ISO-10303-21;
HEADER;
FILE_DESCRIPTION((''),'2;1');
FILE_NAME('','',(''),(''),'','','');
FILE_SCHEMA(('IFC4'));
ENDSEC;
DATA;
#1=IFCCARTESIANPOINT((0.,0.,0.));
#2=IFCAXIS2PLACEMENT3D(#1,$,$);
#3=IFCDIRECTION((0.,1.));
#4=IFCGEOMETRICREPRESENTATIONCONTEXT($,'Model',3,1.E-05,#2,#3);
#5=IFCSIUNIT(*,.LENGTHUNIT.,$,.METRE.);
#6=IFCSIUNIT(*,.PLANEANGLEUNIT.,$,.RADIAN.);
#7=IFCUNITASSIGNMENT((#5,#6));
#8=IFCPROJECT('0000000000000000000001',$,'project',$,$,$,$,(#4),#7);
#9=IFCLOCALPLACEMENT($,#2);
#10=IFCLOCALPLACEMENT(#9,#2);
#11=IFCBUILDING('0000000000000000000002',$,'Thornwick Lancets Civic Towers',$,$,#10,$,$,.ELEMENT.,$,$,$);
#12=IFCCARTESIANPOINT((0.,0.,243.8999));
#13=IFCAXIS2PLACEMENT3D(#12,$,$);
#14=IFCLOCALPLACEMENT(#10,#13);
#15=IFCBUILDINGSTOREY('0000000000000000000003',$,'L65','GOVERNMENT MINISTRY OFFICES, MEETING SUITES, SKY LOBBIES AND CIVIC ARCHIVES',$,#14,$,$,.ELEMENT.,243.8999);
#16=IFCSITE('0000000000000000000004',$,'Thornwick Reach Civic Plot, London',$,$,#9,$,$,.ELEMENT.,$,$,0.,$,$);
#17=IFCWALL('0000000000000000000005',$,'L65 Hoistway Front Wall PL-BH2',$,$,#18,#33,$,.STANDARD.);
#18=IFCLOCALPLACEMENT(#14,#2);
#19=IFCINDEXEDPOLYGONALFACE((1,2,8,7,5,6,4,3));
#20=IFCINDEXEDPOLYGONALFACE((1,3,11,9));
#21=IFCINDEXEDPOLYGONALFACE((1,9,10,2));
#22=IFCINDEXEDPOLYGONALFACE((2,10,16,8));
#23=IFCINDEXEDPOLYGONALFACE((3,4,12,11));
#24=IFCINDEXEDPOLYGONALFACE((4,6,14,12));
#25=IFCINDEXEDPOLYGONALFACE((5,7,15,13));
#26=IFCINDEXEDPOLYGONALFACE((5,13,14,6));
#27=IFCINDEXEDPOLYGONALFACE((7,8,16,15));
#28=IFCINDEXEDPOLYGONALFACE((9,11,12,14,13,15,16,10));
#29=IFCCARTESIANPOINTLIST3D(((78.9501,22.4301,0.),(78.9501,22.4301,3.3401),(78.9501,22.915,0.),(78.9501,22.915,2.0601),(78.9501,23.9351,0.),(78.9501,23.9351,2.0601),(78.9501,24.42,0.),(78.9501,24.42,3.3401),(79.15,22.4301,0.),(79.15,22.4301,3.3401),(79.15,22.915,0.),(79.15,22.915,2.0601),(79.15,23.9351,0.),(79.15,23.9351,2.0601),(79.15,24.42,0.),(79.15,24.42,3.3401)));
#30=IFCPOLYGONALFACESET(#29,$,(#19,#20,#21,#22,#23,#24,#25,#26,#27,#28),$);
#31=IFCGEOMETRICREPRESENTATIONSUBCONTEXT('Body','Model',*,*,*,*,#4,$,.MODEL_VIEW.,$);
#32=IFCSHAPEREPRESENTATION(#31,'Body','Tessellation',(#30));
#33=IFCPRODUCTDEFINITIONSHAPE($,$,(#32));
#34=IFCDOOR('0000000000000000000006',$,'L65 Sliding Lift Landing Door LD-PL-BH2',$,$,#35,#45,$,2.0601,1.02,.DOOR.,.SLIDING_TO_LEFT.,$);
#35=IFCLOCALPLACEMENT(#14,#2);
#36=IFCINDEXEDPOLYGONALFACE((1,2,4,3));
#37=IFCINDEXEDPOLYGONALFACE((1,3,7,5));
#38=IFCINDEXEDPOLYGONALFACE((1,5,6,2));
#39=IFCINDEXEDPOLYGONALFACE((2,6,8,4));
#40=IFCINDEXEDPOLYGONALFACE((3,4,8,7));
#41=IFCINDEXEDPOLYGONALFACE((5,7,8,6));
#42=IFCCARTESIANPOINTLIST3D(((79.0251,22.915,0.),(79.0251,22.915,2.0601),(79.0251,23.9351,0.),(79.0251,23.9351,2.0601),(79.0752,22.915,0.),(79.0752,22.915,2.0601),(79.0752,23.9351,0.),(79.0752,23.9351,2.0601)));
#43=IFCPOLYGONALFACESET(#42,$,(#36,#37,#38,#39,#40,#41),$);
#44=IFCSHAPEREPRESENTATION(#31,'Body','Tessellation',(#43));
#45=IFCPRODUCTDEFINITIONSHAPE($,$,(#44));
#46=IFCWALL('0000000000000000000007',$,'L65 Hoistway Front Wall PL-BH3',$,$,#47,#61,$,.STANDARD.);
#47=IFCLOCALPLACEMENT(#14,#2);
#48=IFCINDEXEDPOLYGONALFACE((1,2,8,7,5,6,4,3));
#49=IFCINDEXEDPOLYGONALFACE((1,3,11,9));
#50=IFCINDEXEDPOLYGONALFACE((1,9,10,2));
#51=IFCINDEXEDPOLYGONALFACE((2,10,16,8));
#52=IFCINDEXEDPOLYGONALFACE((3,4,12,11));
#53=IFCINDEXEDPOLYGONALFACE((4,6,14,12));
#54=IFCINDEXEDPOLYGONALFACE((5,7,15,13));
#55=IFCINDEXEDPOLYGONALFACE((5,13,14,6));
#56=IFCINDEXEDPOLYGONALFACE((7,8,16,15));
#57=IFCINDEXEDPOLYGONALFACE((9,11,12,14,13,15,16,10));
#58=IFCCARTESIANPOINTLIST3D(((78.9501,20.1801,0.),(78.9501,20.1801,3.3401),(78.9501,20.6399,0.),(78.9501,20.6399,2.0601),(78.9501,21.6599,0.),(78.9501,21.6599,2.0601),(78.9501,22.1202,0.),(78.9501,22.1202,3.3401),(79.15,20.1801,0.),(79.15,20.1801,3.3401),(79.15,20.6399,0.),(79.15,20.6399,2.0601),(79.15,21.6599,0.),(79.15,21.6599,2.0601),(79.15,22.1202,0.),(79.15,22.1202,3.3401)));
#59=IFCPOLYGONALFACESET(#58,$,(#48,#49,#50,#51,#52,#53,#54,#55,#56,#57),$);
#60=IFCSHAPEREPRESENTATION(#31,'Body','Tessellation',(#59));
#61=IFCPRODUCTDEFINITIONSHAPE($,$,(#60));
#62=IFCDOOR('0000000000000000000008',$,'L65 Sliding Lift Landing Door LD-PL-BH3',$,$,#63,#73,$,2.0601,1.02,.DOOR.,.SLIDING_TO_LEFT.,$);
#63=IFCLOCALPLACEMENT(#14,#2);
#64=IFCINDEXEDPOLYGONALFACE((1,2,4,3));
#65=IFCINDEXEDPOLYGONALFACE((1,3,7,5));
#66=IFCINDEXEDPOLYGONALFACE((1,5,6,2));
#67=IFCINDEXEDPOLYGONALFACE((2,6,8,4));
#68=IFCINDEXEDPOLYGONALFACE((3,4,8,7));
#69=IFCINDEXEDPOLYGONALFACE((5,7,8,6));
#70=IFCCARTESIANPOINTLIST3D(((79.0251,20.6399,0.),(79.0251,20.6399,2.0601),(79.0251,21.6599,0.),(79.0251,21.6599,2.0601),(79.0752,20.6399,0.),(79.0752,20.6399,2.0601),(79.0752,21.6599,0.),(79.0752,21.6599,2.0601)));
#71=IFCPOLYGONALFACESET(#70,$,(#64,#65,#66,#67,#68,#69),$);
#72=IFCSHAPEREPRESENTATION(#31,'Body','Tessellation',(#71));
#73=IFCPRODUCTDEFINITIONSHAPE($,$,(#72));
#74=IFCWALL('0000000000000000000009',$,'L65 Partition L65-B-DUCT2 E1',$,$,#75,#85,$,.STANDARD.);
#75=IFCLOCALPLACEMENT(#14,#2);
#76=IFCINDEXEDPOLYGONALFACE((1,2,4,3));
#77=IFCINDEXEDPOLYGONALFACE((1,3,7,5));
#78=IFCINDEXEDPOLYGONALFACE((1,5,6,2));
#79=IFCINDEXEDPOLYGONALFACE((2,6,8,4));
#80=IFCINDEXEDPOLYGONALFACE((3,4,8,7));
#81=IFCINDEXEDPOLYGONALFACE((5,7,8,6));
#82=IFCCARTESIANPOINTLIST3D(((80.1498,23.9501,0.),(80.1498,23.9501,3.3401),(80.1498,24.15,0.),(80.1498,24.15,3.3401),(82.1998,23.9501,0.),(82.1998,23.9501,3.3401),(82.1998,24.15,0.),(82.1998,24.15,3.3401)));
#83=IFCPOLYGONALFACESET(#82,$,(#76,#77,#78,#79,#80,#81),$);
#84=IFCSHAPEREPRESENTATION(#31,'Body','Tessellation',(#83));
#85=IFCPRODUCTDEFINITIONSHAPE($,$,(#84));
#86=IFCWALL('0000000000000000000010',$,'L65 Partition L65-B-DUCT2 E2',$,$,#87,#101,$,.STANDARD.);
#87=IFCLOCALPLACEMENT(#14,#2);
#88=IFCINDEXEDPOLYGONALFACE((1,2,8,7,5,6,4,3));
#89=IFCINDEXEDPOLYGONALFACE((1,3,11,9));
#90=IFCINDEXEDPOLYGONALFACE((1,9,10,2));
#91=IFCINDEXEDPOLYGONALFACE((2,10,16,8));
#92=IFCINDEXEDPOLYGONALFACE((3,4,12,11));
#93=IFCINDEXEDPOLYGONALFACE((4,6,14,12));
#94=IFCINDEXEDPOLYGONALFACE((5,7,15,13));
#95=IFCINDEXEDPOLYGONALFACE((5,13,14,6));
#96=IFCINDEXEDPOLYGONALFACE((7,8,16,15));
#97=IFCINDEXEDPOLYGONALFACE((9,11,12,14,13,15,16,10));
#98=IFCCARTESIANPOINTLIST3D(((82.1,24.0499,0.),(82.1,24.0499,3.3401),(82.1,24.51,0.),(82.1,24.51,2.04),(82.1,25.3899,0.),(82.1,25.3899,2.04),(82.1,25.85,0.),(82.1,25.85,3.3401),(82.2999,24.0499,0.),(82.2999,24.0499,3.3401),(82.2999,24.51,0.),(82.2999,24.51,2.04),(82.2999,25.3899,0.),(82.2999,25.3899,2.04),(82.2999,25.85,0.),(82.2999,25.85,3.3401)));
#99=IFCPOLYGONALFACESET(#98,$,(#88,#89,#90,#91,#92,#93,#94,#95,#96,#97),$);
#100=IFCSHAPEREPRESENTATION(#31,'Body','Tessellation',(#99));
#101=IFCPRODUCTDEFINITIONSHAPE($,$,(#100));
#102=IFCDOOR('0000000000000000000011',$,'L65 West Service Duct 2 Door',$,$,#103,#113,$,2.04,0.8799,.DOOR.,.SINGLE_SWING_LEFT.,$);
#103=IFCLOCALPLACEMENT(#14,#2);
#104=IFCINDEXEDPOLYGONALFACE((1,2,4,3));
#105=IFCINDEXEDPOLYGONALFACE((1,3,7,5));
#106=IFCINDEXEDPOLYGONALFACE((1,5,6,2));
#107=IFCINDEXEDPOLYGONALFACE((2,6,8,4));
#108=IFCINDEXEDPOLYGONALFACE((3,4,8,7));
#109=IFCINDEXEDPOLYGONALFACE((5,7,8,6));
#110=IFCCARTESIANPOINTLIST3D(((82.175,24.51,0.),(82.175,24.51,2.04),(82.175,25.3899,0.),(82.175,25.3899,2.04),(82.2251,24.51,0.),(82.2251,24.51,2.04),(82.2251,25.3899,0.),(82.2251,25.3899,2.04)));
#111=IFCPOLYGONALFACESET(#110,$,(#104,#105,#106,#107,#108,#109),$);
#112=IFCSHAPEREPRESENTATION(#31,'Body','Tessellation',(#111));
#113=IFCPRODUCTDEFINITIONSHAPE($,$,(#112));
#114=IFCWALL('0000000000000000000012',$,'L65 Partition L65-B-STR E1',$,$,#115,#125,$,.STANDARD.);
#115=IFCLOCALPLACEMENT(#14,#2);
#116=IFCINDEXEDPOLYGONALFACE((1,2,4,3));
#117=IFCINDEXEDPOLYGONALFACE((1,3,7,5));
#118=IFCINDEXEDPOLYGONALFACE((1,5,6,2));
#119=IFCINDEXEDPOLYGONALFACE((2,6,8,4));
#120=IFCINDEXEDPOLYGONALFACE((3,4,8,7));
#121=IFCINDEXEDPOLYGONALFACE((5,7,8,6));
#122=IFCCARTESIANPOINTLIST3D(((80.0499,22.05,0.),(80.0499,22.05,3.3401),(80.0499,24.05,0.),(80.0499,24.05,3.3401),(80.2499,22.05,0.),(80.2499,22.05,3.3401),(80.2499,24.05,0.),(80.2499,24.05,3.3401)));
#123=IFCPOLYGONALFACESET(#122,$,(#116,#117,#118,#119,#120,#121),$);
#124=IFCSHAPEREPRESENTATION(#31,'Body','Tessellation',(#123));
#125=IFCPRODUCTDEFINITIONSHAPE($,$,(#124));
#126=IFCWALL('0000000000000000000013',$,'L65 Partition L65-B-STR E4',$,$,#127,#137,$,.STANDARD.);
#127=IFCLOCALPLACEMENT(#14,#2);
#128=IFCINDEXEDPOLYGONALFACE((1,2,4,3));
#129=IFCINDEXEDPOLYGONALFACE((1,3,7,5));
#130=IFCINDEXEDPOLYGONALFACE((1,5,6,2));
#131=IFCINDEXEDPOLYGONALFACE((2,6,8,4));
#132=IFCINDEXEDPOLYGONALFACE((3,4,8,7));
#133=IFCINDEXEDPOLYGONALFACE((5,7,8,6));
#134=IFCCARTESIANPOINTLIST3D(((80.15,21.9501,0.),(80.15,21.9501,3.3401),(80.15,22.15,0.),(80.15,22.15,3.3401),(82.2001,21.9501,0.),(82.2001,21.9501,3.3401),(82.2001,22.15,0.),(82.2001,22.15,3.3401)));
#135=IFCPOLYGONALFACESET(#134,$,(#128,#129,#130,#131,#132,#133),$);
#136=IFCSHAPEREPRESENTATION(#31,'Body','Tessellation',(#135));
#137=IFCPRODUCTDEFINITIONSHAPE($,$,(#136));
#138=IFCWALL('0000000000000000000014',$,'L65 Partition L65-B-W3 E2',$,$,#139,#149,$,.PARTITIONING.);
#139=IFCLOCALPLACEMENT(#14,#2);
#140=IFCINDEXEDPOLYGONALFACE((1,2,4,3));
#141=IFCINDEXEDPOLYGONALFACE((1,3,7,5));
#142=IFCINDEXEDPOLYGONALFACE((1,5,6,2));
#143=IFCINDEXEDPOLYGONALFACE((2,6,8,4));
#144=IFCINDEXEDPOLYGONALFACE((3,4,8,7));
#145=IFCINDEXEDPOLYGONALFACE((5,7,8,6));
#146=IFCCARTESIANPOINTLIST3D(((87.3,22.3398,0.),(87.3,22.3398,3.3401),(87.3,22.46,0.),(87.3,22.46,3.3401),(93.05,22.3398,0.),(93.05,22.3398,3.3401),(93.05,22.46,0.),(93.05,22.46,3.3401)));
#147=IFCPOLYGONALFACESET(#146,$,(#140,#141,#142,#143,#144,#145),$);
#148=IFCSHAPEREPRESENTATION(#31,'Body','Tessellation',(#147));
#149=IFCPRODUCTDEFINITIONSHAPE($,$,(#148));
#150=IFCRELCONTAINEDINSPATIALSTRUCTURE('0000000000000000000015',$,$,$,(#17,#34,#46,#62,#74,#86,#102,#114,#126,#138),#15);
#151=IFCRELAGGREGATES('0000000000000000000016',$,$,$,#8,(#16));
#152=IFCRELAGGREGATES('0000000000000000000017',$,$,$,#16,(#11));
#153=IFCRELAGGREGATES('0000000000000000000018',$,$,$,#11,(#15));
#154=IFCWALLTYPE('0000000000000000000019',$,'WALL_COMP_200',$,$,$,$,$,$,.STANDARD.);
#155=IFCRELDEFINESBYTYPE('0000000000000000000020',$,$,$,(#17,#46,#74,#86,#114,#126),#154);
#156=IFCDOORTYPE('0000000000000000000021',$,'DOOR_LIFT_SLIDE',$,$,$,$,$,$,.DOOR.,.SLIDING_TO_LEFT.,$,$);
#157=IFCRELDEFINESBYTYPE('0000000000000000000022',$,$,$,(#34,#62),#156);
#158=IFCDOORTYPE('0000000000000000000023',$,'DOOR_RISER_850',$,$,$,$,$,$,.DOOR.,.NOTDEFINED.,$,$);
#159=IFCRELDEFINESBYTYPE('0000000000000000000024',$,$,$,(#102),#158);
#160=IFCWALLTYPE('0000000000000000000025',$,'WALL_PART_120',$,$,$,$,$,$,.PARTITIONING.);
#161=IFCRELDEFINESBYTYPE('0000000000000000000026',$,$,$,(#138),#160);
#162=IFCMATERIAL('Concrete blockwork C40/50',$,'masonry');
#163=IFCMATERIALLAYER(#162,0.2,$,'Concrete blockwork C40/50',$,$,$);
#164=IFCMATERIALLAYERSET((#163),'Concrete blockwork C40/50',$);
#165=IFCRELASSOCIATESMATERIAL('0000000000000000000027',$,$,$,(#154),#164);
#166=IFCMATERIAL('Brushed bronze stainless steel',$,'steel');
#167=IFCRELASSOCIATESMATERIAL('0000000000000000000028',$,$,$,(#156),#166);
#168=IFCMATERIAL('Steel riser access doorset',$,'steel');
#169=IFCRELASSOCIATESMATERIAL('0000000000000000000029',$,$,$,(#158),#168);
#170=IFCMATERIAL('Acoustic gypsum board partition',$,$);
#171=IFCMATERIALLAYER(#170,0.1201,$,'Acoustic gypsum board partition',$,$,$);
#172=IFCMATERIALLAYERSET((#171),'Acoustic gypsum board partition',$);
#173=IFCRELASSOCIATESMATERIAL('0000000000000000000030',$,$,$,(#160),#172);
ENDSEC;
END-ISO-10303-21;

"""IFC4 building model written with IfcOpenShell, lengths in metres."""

from ifc_helpers import new_model, si_unit, direction, frame, frame_2d, origin, place, context, subcontext, project, spatial, rectangle, extrude, material, layer, layer_set, type_object, element, fill, save


model = new_model("IFC4")

# Units and contexts
model_context = context("Model", 3, precision=1e-05, world=origin(), true_north=direction((0.0, 1.0)))
body_context = subcontext(model_context, "Body", "Model", "MODEL_VIEW")
ifc_project = project(units=[si_unit("LENGTHUNIT", "METRE"), si_unit("PLANEANGLEUNIT", "RADIAN")], contexts=[model_context])

# Site, building, storey
site_placement = place(None, origin())
site = spatial("IfcSite", under=ifc_project, at=site_placement, Name="Thornwick Reach Civic Plot, London", CompositionType="ELEMENT", RefElevation=0.0)
building_placement = place(site_placement, origin())
building = spatial("IfcBuilding", under=site, at=building_placement, Name="Thornwick Lancets Civic Towers", CompositionType="ELEMENT")
storey_placement = place(building_placement, frame((0.0, 0.0, 243.8999)))
storey = spatial("IfcBuildingStorey", under=building, at=storey_placement, Name="L65", Description="GOVERNMENT MINISTRY OFFICES, MEETING SUITES, SKY LOBBIES AND CIVIC ARCHIVES", CompositionType="ELEMENT", Elevation=243.8999)

# Walls, openings, doors
ifc_material_1 = material(Name="Concrete blockwork C40/50", Category="masonry")
ifc_layer_1 = layer(ifc_material_1, 0.2, Name="Concrete blockwork C40/50")
ifc_layer_set_1 = layer_set([ifc_layer_1], Name="Concrete blockwork C40/50")
wall_type_1 = type_object("IfcWallType", Name="WALL_COMP_200", PredefinedType="STANDARD", material=ifc_layer_set_1)
wall_1_placement = place(storey_placement, frame((79.05, 22.4299, 0.0), z_axis=(0.0, 0.0, 1.0), x_axis=(0.0, 1.0, 0.0)))
wall_1 = element("IfcWall", 1, at=wall_1_placement, inside=storey, type_object=wall_type_1, Name="L65 Hoistway Front Wall PL-BH2", PredefinedType="STANDARD", context=body_context, shape_type="SweptSolid", body=[
    extrude(rectangle(XDim=1.99, YDim=0.2, at=frame_2d((0.9951, 0.0))), origin(), (0.0, 0.0, 1.0), 3.3401),
])
opening_1_placement = place(wall_1_placement, frame((0.4851, 0.0, 0.0)))
opening_1 = element("IfcOpeningElement", 2, at=opening_1_placement, cuts=wall_1, PredefinedType="OPENING", context=body_context, shape_type="SweptSolid", body=[
    extrude(rectangle(XDim=1.02, YDim=2.0601, at=frame_2d((0.51, 1.03))), frame((0.0, 0.1099, 0.0), z_axis=(0.0, -1.0, 0.0), x_axis=(1.0, 0.0, 0.0)), (0.0, 0.0, 1.0), 0.22),
])
ifc_material_2 = material(Name="Brushed bronze stainless steel", Category="steel")
door_type_1 = type_object("IfcDoorType", Name="DOOR_LIFT_SLIDE", OperationType="SLIDING_TO_LEFT", PredefinedType="DOOR", material=ifc_material_2)
door_1_placement = place(opening_1_placement, origin())
door_1 = element("IfcDoor", 3, at=door_1_placement, inside=storey, type_object=door_type_1, Name="L65 Sliding Lift Landing Door LD-PL-BH2", OperationType="SLIDING_TO_LEFT", OverallHeight=2.0601, OverallWidth=1.02, PredefinedType="DOOR", context=body_context, shape_type="SweptSolid", body=[
    extrude(rectangle(XDim=1.02, YDim=2.0601, at=frame_2d((0.51, 1.03))), frame((0.0, 0.0249, 0.0), z_axis=(0.0, -1.0, 0.0), x_axis=(1.0, 0.0, 0.0)), (0.0, 0.0, 1.0), 0.05),
])
fill(opening_1, door_1)
wall_2_placement = place(storey_placement, frame((79.05, 20.1799, 0.0), z_axis=(0.0, 0.0, 1.0), x_axis=(0.0, 1.0, 0.0)))
wall_2 = element("IfcWall", 4, at=wall_2_placement, inside=storey, type_object=wall_type_1, Name="L65 Hoistway Front Wall PL-BH3", PredefinedType="STANDARD", context=body_context, shape_type="SweptSolid", body=[
    extrude(rectangle(XDim=1.9402, YDim=0.2, at=frame_2d((0.9702, 0.0))), origin(), (0.0, 0.0, 1.0), 3.3401),
])
opening_2_placement = place(wall_2_placement, frame((0.46, 0.0, 0.0)))
opening_2 = element("IfcOpeningElement", 5, at=opening_2_placement, cuts=wall_2, PredefinedType="OPENING", context=body_context, shape_type="SweptSolid", body=[
    extrude(rectangle(XDim=1.02, YDim=2.0601, at=frame_2d((0.51, 1.03))), frame((0.0, 0.1099, 0.0), z_axis=(0.0, -1.0, 0.0), x_axis=(1.0, 0.0, 0.0)), (0.0, 0.0, 1.0), 0.22),
])
door_2_placement = place(opening_2_placement, origin())
door_2 = element("IfcDoor", 6, at=door_2_placement, inside=storey, type_object=door_type_1, Name="L65 Sliding Lift Landing Door LD-PL-BH3", OperationType="SLIDING_TO_LEFT", OverallHeight=2.0601, OverallWidth=1.02, PredefinedType="DOOR", context=body_context, shape_type="SweptSolid", body=[
    extrude(rectangle(XDim=1.02, YDim=2.0601, at=frame_2d((0.51, 1.03))), frame((0.0, 0.0249, 0.0), z_axis=(0.0, -1.0, 0.0), x_axis=(1.0, 0.0, 0.0)), (0.0, 0.0, 1.0), 0.05),
])
fill(opening_2, door_2)

# Wall
wall_3_placement = place(storey_placement, frame((80.1499, 24.05, 0.0), z_axis=(0.0, 0.0, 1.0), x_axis=(1.0, 0.0, 0.0)))
element("IfcWall", 7, at=wall_3_placement, inside=storey, type_object=wall_type_1, Name="L65 Partition L65-B-DUCT2 E1", PredefinedType="STANDARD", context=body_context, shape_type="SweptSolid", body=[
    extrude(rectangle(XDim=2.05, YDim=0.2, at=frame_2d((1.0249, 0.0))), origin(), (0.0, 0.0, 1.0), 3.3401),
])

# Wall, opening, door
wall_4_placement = place(storey_placement, frame((82.2, 24.05, 0.0), z_axis=(0.0, 0.0, 1.0), x_axis=(0.0, 1.0, 0.0)))
wall_4 = element("IfcWall", 8, at=wall_4_placement, inside=storey, type_object=wall_type_1, Name="L65 Partition L65-B-DUCT2 E2", PredefinedType="STANDARD", context=body_context, shape_type="SweptSolid", body=[
    extrude(rectangle(XDim=1.8, YDim=0.2, at=frame_2d((0.8999, 0.0))), origin(), (0.0, 0.0, 1.0), 3.3401),
])
opening_3_placement = place(wall_4_placement, frame((0.46, 0.0, 0.0)))
opening_3 = element("IfcOpeningElement", 9, at=opening_3_placement, cuts=wall_4, PredefinedType="OPENING", context=body_context, shape_type="SweptSolid", body=[
    extrude(rectangle(XDim=0.8799, YDim=2.04, at=frame_2d((0.4399, 1.02))), frame((0.0, 0.1099, 0.0), z_axis=(0.0, -1.0, 0.0), x_axis=(1.0, 0.0, 0.0)), (0.0, 0.0, 1.0), 0.22),
])
ifc_material_3 = material(Name="Steel riser access doorset", Category="steel")
door_type_2 = type_object("IfcDoorType", Name="DOOR_RISER_850", OperationType="NOTDEFINED", PredefinedType="DOOR", material=ifc_material_3)
door_3_placement = place(opening_3_placement, origin())
door_3 = element("IfcDoor", 10, at=door_3_placement, inside=storey, type_object=door_type_2, Name="L65 West Service Duct 2 Door", OperationType="SINGLE_SWING_LEFT", OverallHeight=2.04, OverallWidth=0.8799, PredefinedType="DOOR", context=body_context, shape_type="SweptSolid", body=[
    extrude(rectangle(XDim=0.8799, YDim=2.04, at=frame_2d((0.4399, 1.02))), frame((0.0, 0.0249, 0.0), z_axis=(0.0, -1.0, 0.0), x_axis=(1.0, 0.0, 0.0)), (0.0, 0.0, 1.0), 0.05),
])
fill(opening_3, door_3)

# Walls
wall_5_placement = place(storey_placement, frame((80.1499, 22.05, 0.0), z_axis=(0.0, 0.0, 1.0), x_axis=(0.0, 1.0, 0.0)))
element("IfcWall", 11, at=wall_5_placement, inside=storey, type_object=wall_type_1, Name="L65 Partition L65-B-STR E1", PredefinedType="STANDARD", context=body_context, shape_type="SweptSolid", body=[
    extrude(rectangle(XDim=2.0, YDim=0.2, at=frame_2d((1.0, 0.0))), origin(), (0.0, 0.0, 1.0), 3.3401),
])
wall_6_placement = place(storey_placement, frame((82.2, 22.05, 0.0), z_axis=(0.0, 0.0, 1.0), x_axis=(-1.0, 0.0, 0.0)))
element("IfcWall", 12, at=wall_6_placement, inside=storey, type_object=wall_type_1, Name="L65 Partition L65-B-STR E4", PredefinedType="STANDARD", context=body_context, shape_type="SweptSolid", body=[
    extrude(rectangle(XDim=2.05, YDim=0.2, at=frame_2d((1.0249, 0.0))), origin(), (0.0, 0.0, 1.0), 3.3401),
])
ifc_material_4 = material(Name="Acoustic gypsum board partition")
ifc_layer_2 = layer(ifc_material_4, 0.1201, Name="Acoustic gypsum board partition")
ifc_layer_set_2 = layer_set([ifc_layer_2], Name="Acoustic gypsum board partition")
wall_type_2 = type_object("IfcWallType", Name="WALL_PART_120", PredefinedType="PARTITIONING", material=ifc_layer_set_2)
wall_7_placement = place(storey_placement, frame((87.3, 22.3999, 0.0), z_axis=(0.0, 0.0, 1.0), x_axis=(1.0, 0.0, 0.0)))
element("IfcWall", 13, at=wall_7_placement, inside=storey, type_object=wall_type_2, Name="L65 Partition L65-B-W3 E2", PredefinedType="PARTITIONING", context=body_context, shape_type="SweptSolid", body=[
    extrude(rectangle(XDim=5.75, YDim=0.1201, at=frame_2d((2.875, 0.0))), origin(), (0.0, 0.0, 1.0), 3.3401),
])

save(model, "model.ifc")
